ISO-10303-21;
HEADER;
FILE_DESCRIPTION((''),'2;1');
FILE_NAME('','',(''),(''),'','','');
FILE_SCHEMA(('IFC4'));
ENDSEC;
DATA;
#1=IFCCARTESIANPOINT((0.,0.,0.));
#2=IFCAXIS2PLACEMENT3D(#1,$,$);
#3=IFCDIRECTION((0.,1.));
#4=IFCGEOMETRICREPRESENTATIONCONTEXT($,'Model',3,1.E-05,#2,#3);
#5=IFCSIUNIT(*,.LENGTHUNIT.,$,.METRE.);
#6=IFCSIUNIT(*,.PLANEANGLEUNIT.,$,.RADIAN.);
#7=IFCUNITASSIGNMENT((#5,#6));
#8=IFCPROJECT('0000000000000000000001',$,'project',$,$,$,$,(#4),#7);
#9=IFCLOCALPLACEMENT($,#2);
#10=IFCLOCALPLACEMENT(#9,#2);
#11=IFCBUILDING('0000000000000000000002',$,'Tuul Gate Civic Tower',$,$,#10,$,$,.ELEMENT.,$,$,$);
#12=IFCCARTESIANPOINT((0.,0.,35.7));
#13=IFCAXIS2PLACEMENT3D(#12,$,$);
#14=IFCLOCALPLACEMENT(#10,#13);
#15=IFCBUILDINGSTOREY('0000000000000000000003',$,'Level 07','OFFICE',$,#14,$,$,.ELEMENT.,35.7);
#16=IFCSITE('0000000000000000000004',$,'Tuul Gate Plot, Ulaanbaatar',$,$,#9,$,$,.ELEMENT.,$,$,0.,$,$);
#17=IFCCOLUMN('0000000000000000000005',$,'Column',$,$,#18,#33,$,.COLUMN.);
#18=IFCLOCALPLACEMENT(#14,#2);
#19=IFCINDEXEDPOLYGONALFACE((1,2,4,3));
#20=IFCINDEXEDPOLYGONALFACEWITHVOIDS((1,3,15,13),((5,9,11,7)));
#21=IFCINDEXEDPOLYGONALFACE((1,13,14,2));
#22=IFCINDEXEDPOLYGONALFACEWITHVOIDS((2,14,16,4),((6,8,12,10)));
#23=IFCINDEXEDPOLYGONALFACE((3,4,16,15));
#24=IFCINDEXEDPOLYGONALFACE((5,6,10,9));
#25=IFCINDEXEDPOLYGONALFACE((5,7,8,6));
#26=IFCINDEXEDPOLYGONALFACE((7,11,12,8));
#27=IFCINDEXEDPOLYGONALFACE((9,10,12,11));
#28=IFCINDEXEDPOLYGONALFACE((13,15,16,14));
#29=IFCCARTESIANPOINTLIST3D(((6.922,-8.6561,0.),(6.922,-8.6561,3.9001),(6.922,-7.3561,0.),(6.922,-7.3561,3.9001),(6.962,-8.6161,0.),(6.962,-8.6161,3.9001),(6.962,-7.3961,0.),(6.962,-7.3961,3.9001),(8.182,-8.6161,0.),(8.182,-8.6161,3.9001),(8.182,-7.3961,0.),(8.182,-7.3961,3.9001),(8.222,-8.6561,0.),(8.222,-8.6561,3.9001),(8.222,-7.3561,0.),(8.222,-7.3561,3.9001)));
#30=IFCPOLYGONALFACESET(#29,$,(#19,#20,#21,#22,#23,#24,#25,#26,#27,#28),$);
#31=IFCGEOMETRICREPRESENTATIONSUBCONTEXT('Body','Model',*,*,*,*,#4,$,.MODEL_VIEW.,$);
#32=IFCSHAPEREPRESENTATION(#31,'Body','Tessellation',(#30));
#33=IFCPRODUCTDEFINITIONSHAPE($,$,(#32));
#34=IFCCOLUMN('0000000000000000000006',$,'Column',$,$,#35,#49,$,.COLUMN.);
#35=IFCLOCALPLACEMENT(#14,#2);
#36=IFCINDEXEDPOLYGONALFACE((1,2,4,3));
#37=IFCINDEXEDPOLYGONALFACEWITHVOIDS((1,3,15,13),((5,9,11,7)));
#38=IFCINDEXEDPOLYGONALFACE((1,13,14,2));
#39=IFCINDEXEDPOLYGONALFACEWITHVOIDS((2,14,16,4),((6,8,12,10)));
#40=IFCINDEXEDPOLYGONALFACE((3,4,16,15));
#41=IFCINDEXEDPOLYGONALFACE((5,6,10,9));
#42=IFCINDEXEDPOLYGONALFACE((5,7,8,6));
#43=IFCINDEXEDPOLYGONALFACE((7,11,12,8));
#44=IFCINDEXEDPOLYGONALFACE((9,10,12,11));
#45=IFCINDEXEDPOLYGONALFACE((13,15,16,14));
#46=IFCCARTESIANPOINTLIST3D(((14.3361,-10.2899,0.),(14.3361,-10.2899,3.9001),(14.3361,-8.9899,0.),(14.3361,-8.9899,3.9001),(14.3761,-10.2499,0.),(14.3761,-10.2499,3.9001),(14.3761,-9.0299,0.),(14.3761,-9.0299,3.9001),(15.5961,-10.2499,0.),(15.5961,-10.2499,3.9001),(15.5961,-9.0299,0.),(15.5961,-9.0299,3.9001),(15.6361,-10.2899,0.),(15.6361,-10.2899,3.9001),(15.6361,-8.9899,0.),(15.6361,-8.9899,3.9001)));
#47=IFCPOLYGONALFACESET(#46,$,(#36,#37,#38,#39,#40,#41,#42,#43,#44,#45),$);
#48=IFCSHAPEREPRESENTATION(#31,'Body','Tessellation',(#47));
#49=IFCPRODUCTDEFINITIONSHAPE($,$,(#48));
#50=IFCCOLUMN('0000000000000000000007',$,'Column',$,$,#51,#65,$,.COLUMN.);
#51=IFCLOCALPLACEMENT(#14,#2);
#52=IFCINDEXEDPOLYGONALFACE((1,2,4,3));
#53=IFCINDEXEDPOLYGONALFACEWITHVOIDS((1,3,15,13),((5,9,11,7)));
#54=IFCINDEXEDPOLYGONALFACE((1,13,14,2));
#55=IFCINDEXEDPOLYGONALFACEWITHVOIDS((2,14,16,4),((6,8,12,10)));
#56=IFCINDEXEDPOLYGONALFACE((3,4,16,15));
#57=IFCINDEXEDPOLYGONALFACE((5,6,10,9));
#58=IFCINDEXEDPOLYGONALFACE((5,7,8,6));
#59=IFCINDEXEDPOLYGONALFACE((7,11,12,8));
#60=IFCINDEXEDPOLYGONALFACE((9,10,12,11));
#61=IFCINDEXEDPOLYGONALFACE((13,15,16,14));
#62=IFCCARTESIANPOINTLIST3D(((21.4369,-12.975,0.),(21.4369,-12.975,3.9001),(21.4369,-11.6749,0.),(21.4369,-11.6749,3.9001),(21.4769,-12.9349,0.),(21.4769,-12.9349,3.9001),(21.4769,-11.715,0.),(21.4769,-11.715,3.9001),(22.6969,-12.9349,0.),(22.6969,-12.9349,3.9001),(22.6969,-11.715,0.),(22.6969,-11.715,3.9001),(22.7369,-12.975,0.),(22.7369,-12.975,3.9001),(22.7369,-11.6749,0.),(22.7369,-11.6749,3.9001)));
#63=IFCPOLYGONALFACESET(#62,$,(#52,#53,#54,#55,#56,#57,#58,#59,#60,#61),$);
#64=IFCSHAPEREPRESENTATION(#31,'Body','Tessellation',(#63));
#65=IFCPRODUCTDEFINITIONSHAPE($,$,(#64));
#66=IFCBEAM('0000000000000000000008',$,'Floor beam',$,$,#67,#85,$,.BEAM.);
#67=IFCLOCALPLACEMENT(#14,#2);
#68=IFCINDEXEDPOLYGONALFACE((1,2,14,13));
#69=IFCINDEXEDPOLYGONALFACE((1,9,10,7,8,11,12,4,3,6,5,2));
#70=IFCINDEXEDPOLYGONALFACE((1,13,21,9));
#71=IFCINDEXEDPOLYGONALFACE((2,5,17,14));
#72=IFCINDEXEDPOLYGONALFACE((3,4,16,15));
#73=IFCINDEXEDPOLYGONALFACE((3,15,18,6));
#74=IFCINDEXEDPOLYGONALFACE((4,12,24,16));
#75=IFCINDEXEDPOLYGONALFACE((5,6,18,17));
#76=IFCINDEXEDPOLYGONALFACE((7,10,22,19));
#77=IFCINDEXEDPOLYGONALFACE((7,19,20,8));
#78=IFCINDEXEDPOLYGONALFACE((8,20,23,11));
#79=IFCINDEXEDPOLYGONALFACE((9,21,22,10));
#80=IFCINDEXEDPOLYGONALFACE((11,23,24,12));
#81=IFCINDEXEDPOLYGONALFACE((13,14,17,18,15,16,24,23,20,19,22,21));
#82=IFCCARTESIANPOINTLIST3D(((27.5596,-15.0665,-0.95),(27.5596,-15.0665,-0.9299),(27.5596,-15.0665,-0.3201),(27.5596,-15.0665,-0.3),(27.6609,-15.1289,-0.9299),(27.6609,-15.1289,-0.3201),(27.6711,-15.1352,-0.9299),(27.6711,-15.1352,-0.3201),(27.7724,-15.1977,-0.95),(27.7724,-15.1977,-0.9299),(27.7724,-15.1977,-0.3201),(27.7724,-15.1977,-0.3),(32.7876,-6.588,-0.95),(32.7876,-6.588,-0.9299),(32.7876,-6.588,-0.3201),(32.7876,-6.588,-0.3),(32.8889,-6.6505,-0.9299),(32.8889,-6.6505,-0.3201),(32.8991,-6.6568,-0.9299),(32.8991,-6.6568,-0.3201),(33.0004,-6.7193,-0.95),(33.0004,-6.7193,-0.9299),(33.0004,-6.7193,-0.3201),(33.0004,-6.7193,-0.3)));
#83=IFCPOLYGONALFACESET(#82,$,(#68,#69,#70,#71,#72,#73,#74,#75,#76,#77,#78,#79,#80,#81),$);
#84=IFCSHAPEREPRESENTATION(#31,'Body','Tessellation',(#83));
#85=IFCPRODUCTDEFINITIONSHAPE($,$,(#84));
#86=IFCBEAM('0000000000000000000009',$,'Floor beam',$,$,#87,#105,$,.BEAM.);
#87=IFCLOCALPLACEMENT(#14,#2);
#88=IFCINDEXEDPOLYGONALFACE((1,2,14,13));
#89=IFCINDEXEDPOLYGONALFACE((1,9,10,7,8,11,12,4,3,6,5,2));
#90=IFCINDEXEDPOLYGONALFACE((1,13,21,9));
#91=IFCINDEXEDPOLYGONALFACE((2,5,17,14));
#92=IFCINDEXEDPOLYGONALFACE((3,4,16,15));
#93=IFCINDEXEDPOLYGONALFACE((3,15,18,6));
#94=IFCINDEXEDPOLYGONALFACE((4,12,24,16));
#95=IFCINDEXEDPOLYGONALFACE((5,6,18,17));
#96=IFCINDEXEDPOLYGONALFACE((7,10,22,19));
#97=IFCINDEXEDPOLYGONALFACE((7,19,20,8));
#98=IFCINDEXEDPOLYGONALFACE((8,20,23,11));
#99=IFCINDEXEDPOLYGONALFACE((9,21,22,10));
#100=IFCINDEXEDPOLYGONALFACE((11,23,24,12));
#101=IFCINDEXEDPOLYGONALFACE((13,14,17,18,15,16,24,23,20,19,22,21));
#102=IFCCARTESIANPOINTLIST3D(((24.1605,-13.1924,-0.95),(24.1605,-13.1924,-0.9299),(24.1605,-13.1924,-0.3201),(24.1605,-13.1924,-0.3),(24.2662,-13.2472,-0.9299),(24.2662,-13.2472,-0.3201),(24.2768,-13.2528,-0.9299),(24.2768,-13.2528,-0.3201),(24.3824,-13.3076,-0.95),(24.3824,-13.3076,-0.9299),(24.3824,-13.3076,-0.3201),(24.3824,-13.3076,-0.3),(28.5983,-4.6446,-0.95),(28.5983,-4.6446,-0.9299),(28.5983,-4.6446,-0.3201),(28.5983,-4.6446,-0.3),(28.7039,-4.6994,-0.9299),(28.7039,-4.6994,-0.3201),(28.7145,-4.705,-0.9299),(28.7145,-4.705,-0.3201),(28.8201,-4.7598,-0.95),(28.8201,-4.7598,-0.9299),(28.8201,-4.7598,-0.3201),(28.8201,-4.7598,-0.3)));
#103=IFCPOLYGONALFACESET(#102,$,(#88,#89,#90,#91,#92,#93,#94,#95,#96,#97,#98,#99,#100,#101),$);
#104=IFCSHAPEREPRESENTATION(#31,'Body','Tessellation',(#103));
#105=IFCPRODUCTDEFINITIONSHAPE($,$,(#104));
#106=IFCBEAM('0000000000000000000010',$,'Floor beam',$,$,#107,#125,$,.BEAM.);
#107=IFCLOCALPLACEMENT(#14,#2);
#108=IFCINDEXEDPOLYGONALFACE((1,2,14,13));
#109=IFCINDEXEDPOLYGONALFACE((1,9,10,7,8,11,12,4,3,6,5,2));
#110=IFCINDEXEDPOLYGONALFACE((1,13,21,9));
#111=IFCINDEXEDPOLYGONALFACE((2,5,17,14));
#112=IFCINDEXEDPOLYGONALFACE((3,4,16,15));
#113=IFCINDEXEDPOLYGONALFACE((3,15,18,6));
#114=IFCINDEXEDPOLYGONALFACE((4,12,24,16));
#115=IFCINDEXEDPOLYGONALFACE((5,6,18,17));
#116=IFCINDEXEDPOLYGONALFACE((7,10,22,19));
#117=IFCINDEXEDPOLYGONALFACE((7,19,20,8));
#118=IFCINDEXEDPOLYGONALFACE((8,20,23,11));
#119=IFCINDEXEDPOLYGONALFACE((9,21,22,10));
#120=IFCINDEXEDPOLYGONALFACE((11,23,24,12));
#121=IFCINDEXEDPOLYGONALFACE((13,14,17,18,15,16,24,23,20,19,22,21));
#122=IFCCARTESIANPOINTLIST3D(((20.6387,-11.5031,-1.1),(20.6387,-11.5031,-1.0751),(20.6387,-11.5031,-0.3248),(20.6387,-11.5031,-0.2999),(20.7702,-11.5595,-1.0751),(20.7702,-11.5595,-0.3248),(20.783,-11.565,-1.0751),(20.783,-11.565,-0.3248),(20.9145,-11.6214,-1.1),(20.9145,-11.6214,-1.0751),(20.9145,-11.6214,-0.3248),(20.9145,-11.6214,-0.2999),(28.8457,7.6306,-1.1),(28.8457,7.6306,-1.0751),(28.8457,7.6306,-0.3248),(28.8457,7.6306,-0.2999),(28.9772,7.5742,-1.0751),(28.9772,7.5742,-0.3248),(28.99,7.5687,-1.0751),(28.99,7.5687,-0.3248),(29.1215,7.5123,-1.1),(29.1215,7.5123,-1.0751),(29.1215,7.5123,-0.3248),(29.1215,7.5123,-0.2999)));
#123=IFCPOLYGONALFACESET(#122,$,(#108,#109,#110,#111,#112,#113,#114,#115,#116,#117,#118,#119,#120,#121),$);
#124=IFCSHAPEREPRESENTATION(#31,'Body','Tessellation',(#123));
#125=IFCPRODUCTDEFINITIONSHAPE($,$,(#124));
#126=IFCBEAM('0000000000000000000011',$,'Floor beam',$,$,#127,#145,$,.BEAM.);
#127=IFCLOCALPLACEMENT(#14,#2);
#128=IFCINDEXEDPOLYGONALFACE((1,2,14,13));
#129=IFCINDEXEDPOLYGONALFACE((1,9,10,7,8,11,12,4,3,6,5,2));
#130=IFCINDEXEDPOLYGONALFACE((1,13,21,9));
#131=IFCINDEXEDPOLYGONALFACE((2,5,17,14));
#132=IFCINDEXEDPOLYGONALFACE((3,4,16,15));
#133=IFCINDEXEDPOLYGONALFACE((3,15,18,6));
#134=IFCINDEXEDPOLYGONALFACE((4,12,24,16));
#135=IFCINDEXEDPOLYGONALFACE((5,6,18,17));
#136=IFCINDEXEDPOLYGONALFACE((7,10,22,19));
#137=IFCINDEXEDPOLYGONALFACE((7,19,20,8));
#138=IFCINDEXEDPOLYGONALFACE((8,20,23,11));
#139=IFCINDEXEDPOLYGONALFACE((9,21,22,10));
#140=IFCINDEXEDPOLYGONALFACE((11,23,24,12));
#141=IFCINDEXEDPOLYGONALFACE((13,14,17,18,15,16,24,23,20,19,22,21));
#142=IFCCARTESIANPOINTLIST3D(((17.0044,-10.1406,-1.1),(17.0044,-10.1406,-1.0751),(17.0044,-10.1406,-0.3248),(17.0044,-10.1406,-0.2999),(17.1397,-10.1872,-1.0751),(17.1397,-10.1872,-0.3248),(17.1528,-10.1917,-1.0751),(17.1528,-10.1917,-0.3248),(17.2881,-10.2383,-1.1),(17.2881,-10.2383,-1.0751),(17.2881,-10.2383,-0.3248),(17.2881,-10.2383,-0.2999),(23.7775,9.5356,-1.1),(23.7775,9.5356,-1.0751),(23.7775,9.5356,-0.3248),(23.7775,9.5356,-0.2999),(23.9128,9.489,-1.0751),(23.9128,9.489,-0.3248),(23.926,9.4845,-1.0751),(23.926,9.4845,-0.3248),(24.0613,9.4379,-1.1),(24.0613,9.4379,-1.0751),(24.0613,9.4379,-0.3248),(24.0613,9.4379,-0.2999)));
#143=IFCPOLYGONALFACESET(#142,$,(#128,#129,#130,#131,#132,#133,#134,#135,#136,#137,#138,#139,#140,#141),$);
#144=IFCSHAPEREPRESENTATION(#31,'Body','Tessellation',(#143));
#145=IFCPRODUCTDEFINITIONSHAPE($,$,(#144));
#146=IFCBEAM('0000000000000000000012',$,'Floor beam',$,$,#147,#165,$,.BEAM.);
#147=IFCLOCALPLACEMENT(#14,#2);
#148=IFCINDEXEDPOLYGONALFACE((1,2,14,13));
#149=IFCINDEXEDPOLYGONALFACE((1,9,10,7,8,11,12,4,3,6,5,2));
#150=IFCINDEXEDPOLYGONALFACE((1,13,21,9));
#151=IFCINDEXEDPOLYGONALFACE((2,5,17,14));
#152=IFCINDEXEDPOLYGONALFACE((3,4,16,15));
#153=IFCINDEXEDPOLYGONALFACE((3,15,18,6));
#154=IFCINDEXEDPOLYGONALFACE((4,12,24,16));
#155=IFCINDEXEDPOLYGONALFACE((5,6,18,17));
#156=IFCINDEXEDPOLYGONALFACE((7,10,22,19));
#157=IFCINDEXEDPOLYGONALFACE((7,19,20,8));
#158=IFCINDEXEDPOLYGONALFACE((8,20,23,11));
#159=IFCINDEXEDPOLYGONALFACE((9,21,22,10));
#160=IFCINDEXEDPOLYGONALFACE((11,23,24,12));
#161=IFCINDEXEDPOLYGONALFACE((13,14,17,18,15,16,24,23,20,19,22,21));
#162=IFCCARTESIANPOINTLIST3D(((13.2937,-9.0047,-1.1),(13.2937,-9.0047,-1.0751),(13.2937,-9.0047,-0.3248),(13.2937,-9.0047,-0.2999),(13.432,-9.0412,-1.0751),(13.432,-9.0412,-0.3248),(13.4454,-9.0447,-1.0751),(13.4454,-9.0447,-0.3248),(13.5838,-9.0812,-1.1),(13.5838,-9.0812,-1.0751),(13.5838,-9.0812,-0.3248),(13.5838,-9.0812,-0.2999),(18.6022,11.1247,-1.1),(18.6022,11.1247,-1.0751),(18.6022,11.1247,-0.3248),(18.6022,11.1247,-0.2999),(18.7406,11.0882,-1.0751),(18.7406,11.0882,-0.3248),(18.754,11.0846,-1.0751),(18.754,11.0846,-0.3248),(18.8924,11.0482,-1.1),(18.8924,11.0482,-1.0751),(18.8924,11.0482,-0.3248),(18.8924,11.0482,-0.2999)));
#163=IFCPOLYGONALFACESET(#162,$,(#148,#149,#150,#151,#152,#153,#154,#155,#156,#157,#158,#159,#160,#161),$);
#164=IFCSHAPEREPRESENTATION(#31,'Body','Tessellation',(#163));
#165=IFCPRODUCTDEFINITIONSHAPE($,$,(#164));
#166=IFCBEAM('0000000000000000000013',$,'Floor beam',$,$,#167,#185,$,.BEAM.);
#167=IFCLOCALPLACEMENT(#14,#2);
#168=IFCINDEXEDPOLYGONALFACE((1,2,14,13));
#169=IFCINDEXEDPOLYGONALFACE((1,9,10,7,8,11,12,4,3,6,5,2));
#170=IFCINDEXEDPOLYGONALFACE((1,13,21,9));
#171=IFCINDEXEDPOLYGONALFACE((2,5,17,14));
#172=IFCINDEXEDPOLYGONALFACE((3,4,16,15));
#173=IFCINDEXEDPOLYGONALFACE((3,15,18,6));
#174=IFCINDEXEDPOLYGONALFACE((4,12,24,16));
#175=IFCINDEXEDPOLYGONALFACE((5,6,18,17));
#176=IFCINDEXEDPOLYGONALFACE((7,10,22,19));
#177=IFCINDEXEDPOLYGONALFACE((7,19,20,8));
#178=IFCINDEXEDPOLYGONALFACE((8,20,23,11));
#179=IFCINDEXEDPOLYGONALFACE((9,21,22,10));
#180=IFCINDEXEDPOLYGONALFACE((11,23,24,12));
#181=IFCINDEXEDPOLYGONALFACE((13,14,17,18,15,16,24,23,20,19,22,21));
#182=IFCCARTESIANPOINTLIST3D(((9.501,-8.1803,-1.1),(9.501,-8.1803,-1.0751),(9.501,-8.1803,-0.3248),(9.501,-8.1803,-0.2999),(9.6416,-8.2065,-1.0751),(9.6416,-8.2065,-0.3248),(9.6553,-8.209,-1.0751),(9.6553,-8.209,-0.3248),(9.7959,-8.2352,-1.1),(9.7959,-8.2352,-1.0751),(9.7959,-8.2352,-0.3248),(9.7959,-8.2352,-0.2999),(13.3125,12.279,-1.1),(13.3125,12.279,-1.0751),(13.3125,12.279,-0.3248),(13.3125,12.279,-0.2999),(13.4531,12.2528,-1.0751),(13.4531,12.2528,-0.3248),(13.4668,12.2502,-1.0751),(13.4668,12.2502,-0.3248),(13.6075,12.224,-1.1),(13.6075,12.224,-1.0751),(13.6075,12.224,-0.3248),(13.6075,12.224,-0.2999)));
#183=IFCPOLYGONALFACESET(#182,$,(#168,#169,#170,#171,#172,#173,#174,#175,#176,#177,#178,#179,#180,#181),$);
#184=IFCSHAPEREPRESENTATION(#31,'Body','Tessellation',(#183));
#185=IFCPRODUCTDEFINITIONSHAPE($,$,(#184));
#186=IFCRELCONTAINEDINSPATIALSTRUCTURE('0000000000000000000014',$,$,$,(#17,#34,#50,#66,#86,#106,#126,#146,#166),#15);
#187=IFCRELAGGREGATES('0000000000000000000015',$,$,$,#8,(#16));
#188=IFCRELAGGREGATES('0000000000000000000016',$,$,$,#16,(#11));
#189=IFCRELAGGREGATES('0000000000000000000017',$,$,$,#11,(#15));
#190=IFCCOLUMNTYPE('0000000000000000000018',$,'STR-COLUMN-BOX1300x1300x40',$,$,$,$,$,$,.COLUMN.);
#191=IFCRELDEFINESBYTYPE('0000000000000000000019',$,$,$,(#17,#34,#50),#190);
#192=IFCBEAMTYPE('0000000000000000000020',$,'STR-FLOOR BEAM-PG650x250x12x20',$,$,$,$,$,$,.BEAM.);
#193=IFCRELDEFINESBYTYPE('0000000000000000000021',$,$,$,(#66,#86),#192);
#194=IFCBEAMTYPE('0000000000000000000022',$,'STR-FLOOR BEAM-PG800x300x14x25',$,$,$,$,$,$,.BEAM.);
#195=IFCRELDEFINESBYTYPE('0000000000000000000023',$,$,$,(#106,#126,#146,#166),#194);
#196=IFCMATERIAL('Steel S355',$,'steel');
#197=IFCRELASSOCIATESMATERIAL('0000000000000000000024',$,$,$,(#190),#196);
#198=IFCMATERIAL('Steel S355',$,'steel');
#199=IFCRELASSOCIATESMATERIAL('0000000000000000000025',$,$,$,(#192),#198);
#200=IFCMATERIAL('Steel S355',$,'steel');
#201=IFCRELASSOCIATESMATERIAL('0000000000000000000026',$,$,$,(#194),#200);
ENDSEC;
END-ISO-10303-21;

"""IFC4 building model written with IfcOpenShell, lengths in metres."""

from ifc_helpers import new_model, si_unit, direction, frame, origin, origin_2d, place, context, subcontext, project, spatial, hollow_rectangle, i_section, extrude, material, material_profile, profile_set, type_object, element, save


model = new_model("IFC4")

# Units and contexts
model_context = context("Model", 3, precision=1e-05, world=origin(), true_north=direction((0.0, 1.0)))
body_context = subcontext(model_context, "Body", "Model", "MODEL_VIEW")
ifc_project = project(units=[si_unit("LENGTHUNIT", "METRE"), si_unit("PLANEANGLEUNIT", "RADIAN")], contexts=[model_context])

# Site, building, storey
site_placement = place(None, origin())
site = spatial("IfcSite", under=ifc_project, at=site_placement, Name="Tuul Gate Plot, Ulaanbaatar", CompositionType="ELEMENT", RefElevation=0.0)
building_placement = place(site_placement, origin())
building = spatial("IfcBuilding", under=site, at=building_placement, Name="Tuul Gate Civic Tower", CompositionType="ELEMENT")
storey_placement = place(building_placement, frame((0.0, 0.0, 35.7)))
storey = spatial("IfcBuildingStorey", under=building, at=storey_placement, Name="Level 07", Description="OFFICE", CompositionType="ELEMENT", Elevation=35.7)

# Columns
ifc_material_1 = material(Name="Steel S355", Category="steel")
ifc_material_profile_1 = material_profile(ifc_material_1, hollow_rectangle(XDim=1.3, YDim=1.3, WallThickness=0.04, at=origin_2d()), Name="BOX1300x1300x40")
ifc_profile_set_1 = profile_set([ifc_material_profile_1], Name="Steel S355")
column_type = type_object("IfcColumnType", Name="STR-COLUMN-BOX1300x1300x40", PredefinedType="COLUMN", material=ifc_profile_set_1)
for number, where, z_axis, x_axis, name in (
    (1, (7.572, -8.0061, 0.0), (0.0, 0.0, 1.0), (1.0, 0.0, 0.0), "Column"),
    (2, (14.9861, -9.6399, 0.0), (0.0, 0.0, 1.0), (1.0, 0.0, 0.0), "Column"),
    (3, (22.0869, -12.325, 0.0), (0.0, 0.0, 1.0), (1.0, 0.0, 0.0), "Column"),
):
    element("IfcColumn", number, at=place(storey_placement, frame(where, z_axis=z_axis, x_axis=x_axis)), inside=storey, type_object=column_type, Name=name, PredefinedType="COLUMN", context=body_context, shape_type="SweptSolid", body=[
        extrude(hollow_rectangle(XDim=1.3, YDim=1.3, WallThickness=0.04, at=origin_2d()), origin(), (0.0, 0.0, 1.0), 3.9001),
    ])

# Beams
ifc_material_2 = material(Name="Steel S355", Category="steel")
ifc_material_profile_2 = material_profile(ifc_material_2, i_section(OverallWidth=0.25, OverallDepth=0.6499, WebThickness=0.012, FlangeThickness=0.02, at=origin_2d()), Name="PG650x250x12x20")
ifc_profile_set_2 = profile_set([ifc_material_profile_2], Name="Steel S355")
beam_type_1 = type_object("IfcBeamType", Name="STR-FLOOR BEAM-PG650x250x12x20", PredefinedType="BEAM", material=ifc_profile_set_2)
beam_1_placement = place(storey_placement, frame((27.666, -15.1321, -0.625), z_axis=(0.52486, 0.851188, 0.0), x_axis=(-0.851188, 0.52486, 0.0)))
element("IfcBeam", 4, at=beam_1_placement, inside=storey, type_object=beam_type_1, Name="Floor beam", PredefinedType="BEAM", context=body_context, shape_type="SweptSolid", body=[
    extrude(i_section(OverallWidth=0.25, OverallDepth=0.6499, WebThickness=0.012, FlangeThickness=0.02, at=origin_2d()), origin(), (0.0, 0.0, 1.0), 9.9607),
])
beam_2_placement = place(storey_placement, frame((24.2715, -13.25, -0.625), z_axis=(0.460769, 0.88752, 0.0), x_axis=(-0.88752, 0.460769, 0.0)))
element("IfcBeam", 5, at=beam_2_placement, inside=storey, type_object=beam_type_1, Name="Floor beam", PredefinedType="BEAM", context=body_context, shape_type="SweptSolid", body=[
    extrude(i_section(OverallWidth=0.25, OverallDepth=0.6499, WebThickness=0.012, FlangeThickness=0.02, at=origin_2d()), origin(), (0.0, 0.0, 1.0), 9.6311),
])
ifc_material_3 = material(Name="Steel S355", Category="steel")
ifc_material_profile_3 = material_profile(ifc_material_3, i_section(OverallWidth=0.3, OverallDepth=0.8, WebThickness=0.0139, FlangeThickness=0.0249, at=origin_2d()), Name="PG800x300x14x25")
ifc_profile_set_3 = profile_set([ifc_material_profile_3], Name="Steel S355")
beam_type_2 = type_object("IfcBeamType", Name="STR-FLOOR BEAM-PG800x300x14x25", PredefinedType="BEAM", material=ifc_profile_set_3)
beam_3_placement = place(storey_placement, frame((20.7766, -11.5623, -0.7), z_axis=(0.394197, 0.919026, 0.0), x_axis=(-0.919026, 0.394197, 0.0)))
element("IfcBeam", 6, at=beam_3_placement, inside=storey, type_object=beam_type_2, Name="Floor beam", PredefinedType="BEAM", context=body_context, shape_type="SweptSolid", body=[
    extrude(i_section(OverallWidth=0.3, OverallDepth=0.8, WebThickness=0.0139, FlangeThickness=0.0249, at=origin_2d()), origin(), (0.0, 0.0, 1.0), 20.8196),
])
beam_4_placement = place(storey_placement, frame((17.1462, -10.1895, -0.7), z_axis=(0.325487, 0.945547, 0.0), x_axis=(-0.945547, 0.325487, 0.0)))
element("IfcBeam", 7, at=beam_4_placement, inside=storey, type_object=beam_type_2, Name="Floor beam", PredefinedType="BEAM", context=body_context, shape_type="SweptSolid", body=[
    extrude(i_section(OverallWidth=0.3, OverallDepth=0.8, WebThickness=0.0139, FlangeThickness=0.0249, at=origin_2d()), origin(), (0.0, 0.0, 1.0), 20.8093),
])
beam_5_placement = place(storey_placement, frame((13.4387, -9.043, -0.7), z_axis=(0.255005, 0.96694, 0.0), x_axis=(-0.96694, 0.255005, 0.0)))
element("IfcBeam", 8, at=beam_5_placement, inside=storey, type_object=beam_type_2, Name="Floor beam", PredefinedType="BEAM", context=body_context, shape_type="SweptSolid", body=[
    extrude(i_section(OverallWidth=0.3, OverallDepth=0.8, WebThickness=0.0139, FlangeThickness=0.0249, at=origin_2d()), origin(), (0.0, 0.0, 1.0), 20.8176),
])
beam_6_placement = place(storey_placement, frame((9.6484, -8.2078, -0.7), z_axis=(0.183147, 0.983085, 0.0), x_axis=(-0.983085, 0.183147, 0.0)))
element("IfcBeam", 9, at=beam_6_placement, inside=storey, type_object=beam_type_2, Name="Floor beam", PredefinedType="BEAM", context=body_context, shape_type="SweptSolid", body=[
    extrude(i_section(OverallWidth=0.3, OverallDepth=0.8, WebThickness=0.0139, FlangeThickness=0.0249, at=origin_2d()), origin(), (0.0, 0.0, 1.0), 20.8113),
])

save(model, "model.ifc")
